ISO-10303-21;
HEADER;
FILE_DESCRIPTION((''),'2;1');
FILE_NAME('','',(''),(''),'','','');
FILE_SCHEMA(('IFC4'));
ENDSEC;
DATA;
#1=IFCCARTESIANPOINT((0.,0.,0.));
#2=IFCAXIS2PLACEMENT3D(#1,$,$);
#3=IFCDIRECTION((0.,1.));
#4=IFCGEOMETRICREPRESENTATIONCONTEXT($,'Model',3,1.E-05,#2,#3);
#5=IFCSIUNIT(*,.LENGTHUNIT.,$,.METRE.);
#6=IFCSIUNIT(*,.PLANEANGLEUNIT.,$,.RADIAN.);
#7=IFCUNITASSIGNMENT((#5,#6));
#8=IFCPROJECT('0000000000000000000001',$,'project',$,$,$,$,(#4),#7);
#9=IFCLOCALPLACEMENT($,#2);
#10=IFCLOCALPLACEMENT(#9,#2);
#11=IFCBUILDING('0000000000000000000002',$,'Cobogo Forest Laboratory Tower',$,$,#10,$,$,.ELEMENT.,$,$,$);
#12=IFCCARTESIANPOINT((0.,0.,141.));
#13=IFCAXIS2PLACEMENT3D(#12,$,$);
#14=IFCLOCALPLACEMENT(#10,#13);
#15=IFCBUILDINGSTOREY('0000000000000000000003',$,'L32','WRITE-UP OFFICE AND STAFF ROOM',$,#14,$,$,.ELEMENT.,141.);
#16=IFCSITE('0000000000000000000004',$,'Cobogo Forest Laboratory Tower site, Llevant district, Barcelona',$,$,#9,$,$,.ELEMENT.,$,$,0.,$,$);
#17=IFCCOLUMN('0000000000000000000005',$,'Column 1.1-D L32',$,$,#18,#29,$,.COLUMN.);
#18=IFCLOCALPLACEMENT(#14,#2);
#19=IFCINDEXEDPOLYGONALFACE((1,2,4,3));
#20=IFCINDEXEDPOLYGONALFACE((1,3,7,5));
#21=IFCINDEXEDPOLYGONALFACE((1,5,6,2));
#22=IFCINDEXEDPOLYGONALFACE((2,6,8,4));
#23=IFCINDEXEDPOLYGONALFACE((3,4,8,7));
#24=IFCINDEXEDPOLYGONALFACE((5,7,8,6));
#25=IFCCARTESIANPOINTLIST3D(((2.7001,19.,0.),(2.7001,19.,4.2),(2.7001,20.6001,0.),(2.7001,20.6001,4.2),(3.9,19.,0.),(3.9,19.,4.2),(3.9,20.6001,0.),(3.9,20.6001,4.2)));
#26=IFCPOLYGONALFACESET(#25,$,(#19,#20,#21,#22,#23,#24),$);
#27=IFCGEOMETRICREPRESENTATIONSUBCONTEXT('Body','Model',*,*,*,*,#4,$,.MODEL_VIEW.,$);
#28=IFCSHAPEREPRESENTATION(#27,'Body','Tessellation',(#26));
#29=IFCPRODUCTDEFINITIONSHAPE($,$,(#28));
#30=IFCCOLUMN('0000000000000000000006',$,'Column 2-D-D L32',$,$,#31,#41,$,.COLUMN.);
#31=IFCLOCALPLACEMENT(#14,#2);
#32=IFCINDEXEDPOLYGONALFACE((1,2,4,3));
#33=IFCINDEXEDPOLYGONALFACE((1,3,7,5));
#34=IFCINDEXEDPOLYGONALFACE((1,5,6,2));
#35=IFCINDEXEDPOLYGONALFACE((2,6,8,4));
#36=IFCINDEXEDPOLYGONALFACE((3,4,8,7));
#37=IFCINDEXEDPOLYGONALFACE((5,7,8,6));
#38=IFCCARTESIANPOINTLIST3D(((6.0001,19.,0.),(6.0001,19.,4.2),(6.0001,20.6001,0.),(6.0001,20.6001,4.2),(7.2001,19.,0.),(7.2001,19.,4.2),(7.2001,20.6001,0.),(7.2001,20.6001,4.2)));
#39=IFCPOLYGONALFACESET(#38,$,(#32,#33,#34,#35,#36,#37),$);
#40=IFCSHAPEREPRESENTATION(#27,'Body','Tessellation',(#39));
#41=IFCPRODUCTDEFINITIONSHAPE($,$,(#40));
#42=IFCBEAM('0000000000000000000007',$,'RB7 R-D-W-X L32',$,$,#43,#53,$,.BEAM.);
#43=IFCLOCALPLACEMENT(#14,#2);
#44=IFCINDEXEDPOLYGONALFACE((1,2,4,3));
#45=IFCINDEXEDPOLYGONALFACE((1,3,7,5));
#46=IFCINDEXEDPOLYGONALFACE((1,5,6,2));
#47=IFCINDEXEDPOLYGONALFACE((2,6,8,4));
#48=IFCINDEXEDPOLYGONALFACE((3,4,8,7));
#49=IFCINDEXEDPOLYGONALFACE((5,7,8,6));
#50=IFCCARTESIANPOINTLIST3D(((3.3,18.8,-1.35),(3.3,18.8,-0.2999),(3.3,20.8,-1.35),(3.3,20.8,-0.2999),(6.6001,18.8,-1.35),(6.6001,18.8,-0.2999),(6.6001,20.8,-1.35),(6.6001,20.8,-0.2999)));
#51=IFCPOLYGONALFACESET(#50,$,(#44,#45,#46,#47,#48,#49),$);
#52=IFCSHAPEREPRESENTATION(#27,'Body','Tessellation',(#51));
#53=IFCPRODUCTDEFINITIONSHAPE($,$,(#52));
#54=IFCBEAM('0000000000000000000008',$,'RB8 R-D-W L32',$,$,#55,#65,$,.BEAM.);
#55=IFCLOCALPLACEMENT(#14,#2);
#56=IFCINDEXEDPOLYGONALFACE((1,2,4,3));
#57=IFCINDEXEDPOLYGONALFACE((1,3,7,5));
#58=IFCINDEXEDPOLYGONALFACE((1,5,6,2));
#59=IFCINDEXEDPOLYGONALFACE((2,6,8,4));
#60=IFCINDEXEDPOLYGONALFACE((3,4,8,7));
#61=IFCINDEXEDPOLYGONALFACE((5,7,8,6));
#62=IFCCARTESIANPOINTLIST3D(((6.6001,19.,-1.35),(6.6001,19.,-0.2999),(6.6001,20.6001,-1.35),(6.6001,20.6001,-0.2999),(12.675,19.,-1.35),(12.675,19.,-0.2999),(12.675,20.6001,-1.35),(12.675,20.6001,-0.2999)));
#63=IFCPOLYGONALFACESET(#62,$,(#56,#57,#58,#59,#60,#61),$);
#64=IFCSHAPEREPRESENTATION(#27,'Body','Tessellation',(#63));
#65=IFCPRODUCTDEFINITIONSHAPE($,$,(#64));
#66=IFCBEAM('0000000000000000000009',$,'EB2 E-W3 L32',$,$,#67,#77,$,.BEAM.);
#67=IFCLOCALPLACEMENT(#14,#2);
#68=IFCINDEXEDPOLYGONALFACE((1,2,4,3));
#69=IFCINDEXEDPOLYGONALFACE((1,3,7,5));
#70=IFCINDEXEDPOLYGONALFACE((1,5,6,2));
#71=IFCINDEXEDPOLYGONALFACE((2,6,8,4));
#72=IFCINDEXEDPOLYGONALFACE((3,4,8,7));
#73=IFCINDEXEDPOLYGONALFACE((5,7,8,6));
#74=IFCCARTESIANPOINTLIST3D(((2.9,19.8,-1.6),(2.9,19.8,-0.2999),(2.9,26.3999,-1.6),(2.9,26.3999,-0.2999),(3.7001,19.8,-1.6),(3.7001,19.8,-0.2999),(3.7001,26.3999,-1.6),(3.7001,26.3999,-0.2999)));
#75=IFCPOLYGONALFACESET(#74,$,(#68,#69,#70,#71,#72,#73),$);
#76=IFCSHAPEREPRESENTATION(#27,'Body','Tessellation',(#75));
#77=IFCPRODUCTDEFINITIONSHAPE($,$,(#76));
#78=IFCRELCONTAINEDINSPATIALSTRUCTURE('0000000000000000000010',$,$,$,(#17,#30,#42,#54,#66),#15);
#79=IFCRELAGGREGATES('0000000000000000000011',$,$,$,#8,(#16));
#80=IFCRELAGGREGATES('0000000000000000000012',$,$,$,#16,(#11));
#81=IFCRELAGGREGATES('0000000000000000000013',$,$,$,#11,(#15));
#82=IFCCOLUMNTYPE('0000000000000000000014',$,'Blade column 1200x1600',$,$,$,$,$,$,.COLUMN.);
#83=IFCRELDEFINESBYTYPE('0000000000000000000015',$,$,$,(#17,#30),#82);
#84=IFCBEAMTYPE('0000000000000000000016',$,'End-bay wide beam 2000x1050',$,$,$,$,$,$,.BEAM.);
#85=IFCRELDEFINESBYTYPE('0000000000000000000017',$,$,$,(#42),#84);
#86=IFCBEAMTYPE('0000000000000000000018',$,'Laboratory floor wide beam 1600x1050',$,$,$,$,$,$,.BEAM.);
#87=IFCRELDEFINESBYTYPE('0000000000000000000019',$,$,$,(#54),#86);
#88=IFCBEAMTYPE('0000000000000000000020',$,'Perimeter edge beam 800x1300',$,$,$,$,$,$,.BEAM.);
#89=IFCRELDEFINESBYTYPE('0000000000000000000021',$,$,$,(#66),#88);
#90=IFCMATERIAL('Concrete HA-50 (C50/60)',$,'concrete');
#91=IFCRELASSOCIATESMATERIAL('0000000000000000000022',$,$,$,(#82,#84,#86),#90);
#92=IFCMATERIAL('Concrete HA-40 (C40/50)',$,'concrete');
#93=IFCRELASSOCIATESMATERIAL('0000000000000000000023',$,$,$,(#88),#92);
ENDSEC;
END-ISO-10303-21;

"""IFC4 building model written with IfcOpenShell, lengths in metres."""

from ifc_helpers import new_model, si_unit, direction, frame, origin, origin_2d, place, context, subcontext, project, spatial, rectangle, extrude, material, material_profile, profile_set, type_object, element, save


model = new_model("IFC4")

# Units and contexts
model_context = context("Model", 3, precision=1e-05, world=origin(), true_north=direction((0.0, 1.0)))
body_context = subcontext(model_context, "Body", "Model", "MODEL_VIEW")
ifc_project = project(units=[si_unit("LENGTHUNIT", "METRE"), si_unit("PLANEANGLEUNIT", "RADIAN")], contexts=[model_context])

# Site, building, storey
site_placement = place(None, origin())
site = spatial("IfcSite", under=ifc_project, at=site_placement, Name="Cobogo Forest Laboratory Tower site, Llevant district, Barcelona", CompositionType="ELEMENT", RefElevation=0.0)
building_placement = place(site_placement, origin())
building = spatial("IfcBuilding", under=site, at=building_placement, Name="Cobogo Forest Laboratory Tower", CompositionType="ELEMENT")
storey_placement = place(building_placement, frame((0.0, 0.0, 141.0)))
storey = spatial("IfcBuildingStorey", under=building, at=storey_placement, Name="L32", Description="WRITE-UP OFFICE AND STAFF ROOM", CompositionType="ELEMENT", Elevation=141.0)

# Columns
ifc_material_1 = material(Name="Concrete HA-50 (C50/60)", Category="concrete")
ifc_material_profile_1 = material_profile(ifc_material_1, rectangle(XDim=1.6001, YDim=1.2, at=origin_2d()), Name="RC 1200x1600")
ifc_profile_set_1 = profile_set([ifc_material_profile_1], Name="Concrete HA-50 (C50/60)")
column_type = type_object("IfcColumnType", Name="Blade column 1200x1600", PredefinedType="COLUMN", material=ifc_profile_set_1)
for number, where, z_axis, x_axis, name in (
    (1, (3.3, 19.8, 0.0), (0.0, 0.0, 1.0), (0.0, 1.0, 0.0), "Column 1.1-D L32"),
    (2, (6.6001, 19.8, 0.0), (0.0, 0.0, 1.0), (0.0, 1.0, 0.0), "Column 2-D-D L32"),
):
    element("IfcColumn", number, at=place(storey_placement, frame(where, z_axis=z_axis, x_axis=x_axis)), inside=storey, type_object=column_type, Name=name, PredefinedType="COLUMN", context=body_context, shape_type="SweptSolid", body=[
        extrude(rectangle(XDim=1.6001, YDim=1.2, at=origin_2d()), origin(), (0.0, 0.0, 1.0), 4.2),
    ])

# Beams
ifc_material_profile_2 = material_profile(ifc_material_1, rectangle(XDim=2.0, YDim=1.05, at=origin_2d()), Name="RC 2000x1050")
ifc_profile_set_2 = profile_set([ifc_material_profile_2], Name="Concrete HA-50 (C50/60)")
beam_type_1 = type_object("IfcBeamType", Name="End-bay wide beam 2000x1050", PredefinedType="BEAM", material=ifc_profile_set_2)
beam_1_placement = place(storey_placement, frame((3.3, 19.8, -0.825), z_axis=(1.0, 0.0, 0.0), x_axis=(0.0, 1.0, 0.0)))
element("IfcBeam", 3, at=beam_1_placement, inside=storey, type_object=beam_type_1, Name="RB7 R-D-W-X L32", PredefinedType="BEAM", context=body_context, shape_type="SweptSolid", body=[
    extrude(rectangle(XDim=2.0, YDim=1.05, at=origin_2d()), origin(), (0.0, 0.0, 1.0), 3.3),
])
ifc_material_profile_3 = material_profile(ifc_material_1, rectangle(XDim=1.6001, YDim=1.05, at=origin_2d()), Name="RC 1600x1050")
ifc_profile_set_3 = profile_set([ifc_material_profile_3], Name="Concrete HA-50 (C50/60)")
beam_type_2 = type_object("IfcBeamType", Name="Laboratory floor wide beam 1600x1050", PredefinedType="BEAM", material=ifc_profile_set_3)
beam_2_placement = place(storey_placement, frame((12.675, 19.8, -0.825), z_axis=(-1.0, 0.0, 0.0), x_axis=(0.0, -1.0, 0.0)))
element("IfcBeam", 4, at=beam_2_placement, inside=storey, type_object=beam_type_2, Name="RB8 R-D-W L32", PredefinedType="BEAM", context=body_context, shape_type="SweptSolid", body=[
    extrude(rectangle(XDim=1.6001, YDim=1.05, at=origin_2d()), origin(), (0.0, 0.0, 1.0), 6.075),
])
ifc_material_2 = material(Name="Concrete HA-40 (C40/50)", Category="concrete")
ifc_material_profile_4 = material_profile(ifc_material_2, rectangle(XDim=0.8, YDim=1.3, at=origin_2d()), Name="RC 800x1300")
ifc_profile_set_4 = profile_set([ifc_material_profile_4], Name="Concrete HA-40 (C40/50)")
beam_type_3 = type_object("IfcBeamType", Name="Perimeter edge beam 800x1300", PredefinedType="BEAM", material=ifc_profile_set_4)
beam_3_placement = place(storey_placement, frame((3.3, 19.8, -0.95), z_axis=(0.0, 1.0, 0.0), x_axis=(-1.0, 0.0, 0.0)))
element("IfcBeam", 5, at=beam_3_placement, inside=storey, type_object=beam_type_3, Name="EB2 E-W3 L32", PredefinedType="BEAM", context=body_context, shape_type="SweptSolid", body=[
    extrude(rectangle(XDim=0.8, YDim=1.3, at=origin_2d()), origin(), (0.0, 0.0, 1.0), 6.5999),
])

save(model, "model.ifc")
